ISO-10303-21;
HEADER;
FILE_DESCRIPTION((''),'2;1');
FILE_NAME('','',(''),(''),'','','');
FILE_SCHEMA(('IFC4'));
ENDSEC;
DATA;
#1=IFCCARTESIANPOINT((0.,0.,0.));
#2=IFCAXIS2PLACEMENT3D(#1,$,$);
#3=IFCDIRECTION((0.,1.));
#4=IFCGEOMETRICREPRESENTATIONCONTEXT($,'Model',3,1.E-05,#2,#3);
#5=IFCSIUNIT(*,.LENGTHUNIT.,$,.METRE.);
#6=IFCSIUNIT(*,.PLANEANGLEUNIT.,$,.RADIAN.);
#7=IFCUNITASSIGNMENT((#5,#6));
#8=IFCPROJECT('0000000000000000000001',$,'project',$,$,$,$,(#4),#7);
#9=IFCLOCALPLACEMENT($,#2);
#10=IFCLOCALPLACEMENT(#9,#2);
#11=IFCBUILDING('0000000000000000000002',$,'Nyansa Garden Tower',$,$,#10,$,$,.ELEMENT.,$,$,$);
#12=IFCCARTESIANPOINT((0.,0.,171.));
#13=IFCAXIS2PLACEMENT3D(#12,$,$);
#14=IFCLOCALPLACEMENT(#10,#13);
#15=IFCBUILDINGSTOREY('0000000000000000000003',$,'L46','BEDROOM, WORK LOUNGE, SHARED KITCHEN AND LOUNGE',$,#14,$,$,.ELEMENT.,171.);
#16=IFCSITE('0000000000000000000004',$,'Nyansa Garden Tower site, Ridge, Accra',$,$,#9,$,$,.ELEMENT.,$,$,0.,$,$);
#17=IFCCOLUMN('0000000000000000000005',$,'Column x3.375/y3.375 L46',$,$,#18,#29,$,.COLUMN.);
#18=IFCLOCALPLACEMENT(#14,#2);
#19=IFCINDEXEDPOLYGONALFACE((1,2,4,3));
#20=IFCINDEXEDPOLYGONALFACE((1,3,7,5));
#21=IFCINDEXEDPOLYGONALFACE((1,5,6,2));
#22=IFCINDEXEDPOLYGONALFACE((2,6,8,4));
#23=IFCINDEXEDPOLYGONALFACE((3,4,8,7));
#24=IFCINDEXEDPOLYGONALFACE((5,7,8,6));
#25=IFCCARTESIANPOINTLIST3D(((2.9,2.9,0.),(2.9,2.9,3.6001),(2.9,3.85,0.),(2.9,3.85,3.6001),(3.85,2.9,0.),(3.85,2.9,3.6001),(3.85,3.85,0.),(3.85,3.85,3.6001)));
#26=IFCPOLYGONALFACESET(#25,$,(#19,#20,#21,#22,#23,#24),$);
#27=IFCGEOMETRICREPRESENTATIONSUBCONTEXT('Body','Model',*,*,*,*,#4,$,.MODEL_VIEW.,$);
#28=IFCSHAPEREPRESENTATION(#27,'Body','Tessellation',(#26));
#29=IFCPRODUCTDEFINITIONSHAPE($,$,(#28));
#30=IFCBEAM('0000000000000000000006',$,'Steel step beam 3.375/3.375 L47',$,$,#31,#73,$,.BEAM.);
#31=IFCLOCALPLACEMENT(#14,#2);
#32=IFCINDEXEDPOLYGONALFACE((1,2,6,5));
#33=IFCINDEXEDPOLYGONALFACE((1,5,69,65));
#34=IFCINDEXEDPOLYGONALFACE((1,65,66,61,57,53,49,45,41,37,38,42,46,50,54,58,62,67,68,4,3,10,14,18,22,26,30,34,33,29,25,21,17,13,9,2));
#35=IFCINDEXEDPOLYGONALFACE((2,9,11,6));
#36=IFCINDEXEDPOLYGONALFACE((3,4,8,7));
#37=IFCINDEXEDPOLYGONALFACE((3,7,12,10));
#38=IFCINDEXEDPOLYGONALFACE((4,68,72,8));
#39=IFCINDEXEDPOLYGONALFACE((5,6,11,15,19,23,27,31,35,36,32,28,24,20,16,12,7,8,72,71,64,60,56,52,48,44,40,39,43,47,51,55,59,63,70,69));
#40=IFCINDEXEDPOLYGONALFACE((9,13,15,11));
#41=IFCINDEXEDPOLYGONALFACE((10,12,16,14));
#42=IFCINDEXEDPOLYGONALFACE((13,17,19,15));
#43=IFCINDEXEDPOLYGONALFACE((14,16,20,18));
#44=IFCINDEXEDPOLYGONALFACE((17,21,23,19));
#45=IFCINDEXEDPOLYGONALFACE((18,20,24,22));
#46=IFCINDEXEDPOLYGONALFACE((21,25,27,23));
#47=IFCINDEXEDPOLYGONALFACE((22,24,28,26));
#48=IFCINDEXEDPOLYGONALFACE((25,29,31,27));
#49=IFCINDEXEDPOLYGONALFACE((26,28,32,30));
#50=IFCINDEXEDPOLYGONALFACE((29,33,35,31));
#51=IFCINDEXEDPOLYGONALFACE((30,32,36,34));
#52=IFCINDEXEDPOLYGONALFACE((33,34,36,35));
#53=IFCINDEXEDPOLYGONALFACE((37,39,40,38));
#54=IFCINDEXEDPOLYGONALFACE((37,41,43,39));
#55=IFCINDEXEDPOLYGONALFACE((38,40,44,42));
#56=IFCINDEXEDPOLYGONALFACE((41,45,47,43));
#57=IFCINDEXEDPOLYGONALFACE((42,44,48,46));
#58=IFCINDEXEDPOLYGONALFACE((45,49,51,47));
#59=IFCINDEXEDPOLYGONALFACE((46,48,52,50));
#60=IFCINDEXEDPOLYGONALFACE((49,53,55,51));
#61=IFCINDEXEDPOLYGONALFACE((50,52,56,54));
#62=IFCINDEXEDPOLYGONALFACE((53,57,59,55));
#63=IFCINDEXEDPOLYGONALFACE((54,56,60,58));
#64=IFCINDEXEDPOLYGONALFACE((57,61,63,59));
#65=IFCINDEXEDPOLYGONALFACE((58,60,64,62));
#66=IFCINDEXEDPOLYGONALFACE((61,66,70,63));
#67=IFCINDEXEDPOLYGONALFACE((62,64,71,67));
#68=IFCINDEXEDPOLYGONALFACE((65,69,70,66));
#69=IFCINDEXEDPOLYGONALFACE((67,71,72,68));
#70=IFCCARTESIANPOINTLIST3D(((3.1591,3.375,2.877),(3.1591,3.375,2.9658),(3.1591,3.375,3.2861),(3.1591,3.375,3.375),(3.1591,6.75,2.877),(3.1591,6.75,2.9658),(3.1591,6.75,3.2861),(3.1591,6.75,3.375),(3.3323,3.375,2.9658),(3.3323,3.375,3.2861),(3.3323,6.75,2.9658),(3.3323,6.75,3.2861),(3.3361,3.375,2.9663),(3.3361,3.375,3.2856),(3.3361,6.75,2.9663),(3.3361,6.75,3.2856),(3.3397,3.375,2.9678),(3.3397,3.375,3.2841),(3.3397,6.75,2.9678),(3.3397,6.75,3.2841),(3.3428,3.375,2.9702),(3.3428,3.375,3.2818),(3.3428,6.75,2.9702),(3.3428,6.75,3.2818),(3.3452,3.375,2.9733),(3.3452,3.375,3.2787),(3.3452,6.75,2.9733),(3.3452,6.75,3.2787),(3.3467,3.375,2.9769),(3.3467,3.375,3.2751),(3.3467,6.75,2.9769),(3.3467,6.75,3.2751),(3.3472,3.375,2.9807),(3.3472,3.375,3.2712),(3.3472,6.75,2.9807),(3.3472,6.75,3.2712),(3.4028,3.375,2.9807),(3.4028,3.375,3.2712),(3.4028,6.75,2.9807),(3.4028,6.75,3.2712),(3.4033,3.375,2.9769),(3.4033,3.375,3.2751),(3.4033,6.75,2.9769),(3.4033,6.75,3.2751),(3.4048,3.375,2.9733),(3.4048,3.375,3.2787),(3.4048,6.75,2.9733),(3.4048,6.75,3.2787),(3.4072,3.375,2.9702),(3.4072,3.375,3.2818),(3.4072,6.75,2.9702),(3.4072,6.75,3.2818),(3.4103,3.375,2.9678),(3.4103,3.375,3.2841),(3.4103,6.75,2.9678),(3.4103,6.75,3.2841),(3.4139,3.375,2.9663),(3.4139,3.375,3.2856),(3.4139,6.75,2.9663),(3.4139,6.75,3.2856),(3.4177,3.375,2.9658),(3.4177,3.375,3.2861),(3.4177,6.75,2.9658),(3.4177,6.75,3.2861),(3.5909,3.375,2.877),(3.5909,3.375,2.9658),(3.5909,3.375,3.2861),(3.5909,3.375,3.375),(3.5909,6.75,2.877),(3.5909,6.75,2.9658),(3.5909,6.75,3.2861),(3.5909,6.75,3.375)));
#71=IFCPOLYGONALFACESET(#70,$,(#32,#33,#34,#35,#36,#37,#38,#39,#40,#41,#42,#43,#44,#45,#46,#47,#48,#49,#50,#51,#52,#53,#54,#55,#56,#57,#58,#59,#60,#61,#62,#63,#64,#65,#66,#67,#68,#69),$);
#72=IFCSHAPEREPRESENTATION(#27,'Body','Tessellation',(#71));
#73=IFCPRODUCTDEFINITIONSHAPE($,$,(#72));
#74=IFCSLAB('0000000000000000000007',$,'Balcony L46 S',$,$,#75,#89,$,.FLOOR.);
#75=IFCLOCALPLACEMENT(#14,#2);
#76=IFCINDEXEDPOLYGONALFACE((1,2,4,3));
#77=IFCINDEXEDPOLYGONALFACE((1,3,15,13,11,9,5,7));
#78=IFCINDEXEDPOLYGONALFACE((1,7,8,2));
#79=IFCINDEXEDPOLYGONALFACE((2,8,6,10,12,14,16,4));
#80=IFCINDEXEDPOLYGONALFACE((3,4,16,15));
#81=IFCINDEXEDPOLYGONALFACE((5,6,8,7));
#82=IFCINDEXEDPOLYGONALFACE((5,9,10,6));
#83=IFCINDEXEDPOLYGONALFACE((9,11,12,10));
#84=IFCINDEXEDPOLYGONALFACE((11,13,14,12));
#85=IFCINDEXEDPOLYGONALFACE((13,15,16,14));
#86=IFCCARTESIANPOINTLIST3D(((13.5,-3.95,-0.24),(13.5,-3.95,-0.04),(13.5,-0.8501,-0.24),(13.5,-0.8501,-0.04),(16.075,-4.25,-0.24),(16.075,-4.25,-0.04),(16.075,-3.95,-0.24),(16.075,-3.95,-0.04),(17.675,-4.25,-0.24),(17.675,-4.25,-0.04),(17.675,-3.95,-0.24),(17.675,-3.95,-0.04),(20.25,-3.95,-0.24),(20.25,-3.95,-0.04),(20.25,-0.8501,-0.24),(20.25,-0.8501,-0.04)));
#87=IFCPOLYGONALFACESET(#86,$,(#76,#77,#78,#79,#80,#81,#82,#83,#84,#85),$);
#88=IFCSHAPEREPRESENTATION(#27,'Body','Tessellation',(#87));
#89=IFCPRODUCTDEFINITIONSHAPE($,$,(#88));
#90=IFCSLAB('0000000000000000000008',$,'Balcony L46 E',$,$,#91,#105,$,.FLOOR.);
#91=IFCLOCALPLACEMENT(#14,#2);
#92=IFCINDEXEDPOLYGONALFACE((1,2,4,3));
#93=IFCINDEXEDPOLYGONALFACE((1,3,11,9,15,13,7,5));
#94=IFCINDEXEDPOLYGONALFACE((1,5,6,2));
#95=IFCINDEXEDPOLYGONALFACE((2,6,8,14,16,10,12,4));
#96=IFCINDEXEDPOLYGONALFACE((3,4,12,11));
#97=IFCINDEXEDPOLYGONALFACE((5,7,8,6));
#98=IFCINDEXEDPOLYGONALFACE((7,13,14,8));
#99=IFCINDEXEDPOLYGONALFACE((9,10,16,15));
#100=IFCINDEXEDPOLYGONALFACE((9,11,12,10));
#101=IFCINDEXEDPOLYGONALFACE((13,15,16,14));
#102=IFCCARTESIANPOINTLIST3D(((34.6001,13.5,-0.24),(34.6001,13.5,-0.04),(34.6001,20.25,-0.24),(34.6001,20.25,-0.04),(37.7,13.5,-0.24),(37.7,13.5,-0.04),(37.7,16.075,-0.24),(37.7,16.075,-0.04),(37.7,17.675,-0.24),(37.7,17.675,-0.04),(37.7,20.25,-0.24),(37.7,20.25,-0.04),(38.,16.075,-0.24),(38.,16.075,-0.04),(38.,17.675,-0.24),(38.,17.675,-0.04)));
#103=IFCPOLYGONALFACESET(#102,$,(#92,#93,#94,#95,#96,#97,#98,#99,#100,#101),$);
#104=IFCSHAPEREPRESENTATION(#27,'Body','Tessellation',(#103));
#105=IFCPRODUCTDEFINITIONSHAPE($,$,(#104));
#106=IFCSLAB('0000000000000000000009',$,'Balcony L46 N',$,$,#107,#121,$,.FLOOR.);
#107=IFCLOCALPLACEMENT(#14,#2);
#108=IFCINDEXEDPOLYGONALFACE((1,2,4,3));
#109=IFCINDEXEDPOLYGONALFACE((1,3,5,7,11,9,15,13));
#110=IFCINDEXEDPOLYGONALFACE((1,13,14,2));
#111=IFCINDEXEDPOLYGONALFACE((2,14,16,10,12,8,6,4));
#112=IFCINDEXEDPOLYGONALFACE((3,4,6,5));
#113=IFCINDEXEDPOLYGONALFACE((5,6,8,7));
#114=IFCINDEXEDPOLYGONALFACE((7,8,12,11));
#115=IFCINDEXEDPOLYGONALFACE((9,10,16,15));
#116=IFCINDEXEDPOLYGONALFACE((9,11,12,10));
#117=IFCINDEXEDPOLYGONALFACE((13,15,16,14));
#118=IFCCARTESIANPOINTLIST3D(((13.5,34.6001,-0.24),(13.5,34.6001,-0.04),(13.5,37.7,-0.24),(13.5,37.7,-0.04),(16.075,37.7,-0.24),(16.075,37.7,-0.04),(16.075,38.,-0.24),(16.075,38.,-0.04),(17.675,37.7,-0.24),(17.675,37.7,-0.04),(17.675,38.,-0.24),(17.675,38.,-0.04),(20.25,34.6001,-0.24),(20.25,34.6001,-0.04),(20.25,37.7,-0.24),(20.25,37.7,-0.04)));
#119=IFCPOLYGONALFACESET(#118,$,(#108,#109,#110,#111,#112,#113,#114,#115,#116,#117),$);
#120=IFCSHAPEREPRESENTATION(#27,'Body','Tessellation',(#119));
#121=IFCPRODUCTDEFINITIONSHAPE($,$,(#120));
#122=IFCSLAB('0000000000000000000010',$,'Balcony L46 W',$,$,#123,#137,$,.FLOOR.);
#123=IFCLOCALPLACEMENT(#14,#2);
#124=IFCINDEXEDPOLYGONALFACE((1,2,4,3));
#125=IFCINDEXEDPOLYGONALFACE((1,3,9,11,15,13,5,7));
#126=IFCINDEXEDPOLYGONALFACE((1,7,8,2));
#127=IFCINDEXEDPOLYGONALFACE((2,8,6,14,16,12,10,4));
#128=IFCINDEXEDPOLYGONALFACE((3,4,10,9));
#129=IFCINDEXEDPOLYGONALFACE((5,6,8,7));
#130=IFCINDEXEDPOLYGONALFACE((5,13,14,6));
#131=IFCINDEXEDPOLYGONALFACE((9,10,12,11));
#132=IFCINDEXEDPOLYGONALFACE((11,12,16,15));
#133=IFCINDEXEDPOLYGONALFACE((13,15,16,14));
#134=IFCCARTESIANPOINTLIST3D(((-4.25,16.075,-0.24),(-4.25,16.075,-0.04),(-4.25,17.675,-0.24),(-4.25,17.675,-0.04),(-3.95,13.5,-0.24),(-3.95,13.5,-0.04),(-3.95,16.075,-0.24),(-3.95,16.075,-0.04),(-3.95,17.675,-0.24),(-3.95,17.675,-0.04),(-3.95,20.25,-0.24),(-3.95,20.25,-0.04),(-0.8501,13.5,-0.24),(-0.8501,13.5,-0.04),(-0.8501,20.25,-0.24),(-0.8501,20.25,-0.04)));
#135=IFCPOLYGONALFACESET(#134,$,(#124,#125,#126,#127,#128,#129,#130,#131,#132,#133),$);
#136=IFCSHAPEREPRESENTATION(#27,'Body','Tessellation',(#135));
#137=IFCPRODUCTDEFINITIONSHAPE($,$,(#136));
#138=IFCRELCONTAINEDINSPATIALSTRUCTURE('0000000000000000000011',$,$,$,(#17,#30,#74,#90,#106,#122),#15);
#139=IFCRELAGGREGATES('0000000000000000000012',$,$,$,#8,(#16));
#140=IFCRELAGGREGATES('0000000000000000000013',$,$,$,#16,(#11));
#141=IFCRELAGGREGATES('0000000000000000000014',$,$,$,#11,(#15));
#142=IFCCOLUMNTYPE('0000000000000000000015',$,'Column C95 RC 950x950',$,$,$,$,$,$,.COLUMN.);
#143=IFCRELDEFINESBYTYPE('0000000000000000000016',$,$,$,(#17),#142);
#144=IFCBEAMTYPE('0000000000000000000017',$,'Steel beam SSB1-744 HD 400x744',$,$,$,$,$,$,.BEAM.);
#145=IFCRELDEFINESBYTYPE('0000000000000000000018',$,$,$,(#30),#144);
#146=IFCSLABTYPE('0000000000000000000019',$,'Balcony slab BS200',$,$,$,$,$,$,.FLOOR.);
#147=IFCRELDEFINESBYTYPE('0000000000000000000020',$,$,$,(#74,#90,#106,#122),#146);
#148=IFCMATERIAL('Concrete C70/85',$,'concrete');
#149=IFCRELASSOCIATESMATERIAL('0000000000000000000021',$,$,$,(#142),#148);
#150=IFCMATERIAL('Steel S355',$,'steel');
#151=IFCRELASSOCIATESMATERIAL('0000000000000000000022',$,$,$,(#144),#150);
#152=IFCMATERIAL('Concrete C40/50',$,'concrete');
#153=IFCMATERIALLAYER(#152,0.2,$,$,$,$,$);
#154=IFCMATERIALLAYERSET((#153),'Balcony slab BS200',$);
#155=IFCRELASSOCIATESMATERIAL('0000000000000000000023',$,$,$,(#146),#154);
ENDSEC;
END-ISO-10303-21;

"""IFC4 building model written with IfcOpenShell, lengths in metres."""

from ifc_helpers import new_model, si_unit, direction, frame, origin, origin_2d, place, context, subcontext, project, spatial, polyline, rectangle, i_section, outline, extrude, material, layer, layer_set, material_profile, profile_set, type_object, element, save


model = new_model("IFC4")

# Units and contexts
model_context = context("Model", 3, precision=1e-05, world=origin(), true_north=direction((0.0, 1.0)))
body_context = subcontext(model_context, "Body", "Model", "MODEL_VIEW")
ifc_project = project(units=[si_unit("LENGTHUNIT", "METRE"), si_unit("PLANEANGLEUNIT", "RADIAN")], contexts=[model_context])

# Site, building, storey
site_placement = place(None, origin())
site = spatial("IfcSite", under=ifc_project, at=site_placement, Name="Nyansa Garden Tower site, Ridge, Accra", CompositionType="ELEMENT", RefElevation=0.0)
building_placement = place(site_placement, origin())
building = spatial("IfcBuilding", under=site, at=building_placement, Name="Nyansa Garden Tower", CompositionType="ELEMENT")
storey_placement = place(building_placement, frame((0.0, 0.0, 171.0)))
storey = spatial("IfcBuildingStorey", under=building, at=storey_placement, Name="L46", Description="BEDROOM, WORK LOUNGE, SHARED KITCHEN AND LOUNGE", CompositionType="ELEMENT", Elevation=171.0)

# Column
ifc_material_1 = material(Name="Concrete C70/85", Category="concrete")
ifc_material_profile_1 = material_profile(ifc_material_1, rectangle(XDim=0.95, YDim=0.95, at=origin_2d()), Name="RC 950x950")
ifc_profile_set_1 = profile_set([ifc_material_profile_1], Name="Concrete C70/85")
column_type = type_object("IfcColumnType", Name="Column C95 RC 950x950", PredefinedType="COLUMN", material=ifc_profile_set_1)
column_placement = place(storey_placement, frame((3.375, 3.375, 0.0), z_axis=(0.0, 0.0, 1.0), x_axis=(1.0, 0.0, 0.0)))
element("IfcColumn", 1, at=column_placement, inside=storey, type_object=column_type, Name="Column x3.375/y3.375 L46", PredefinedType="COLUMN", context=body_context, shape_type="SweptSolid", body=[
    extrude(rectangle(XDim=0.95, YDim=0.95, at=origin_2d()), origin(), (0.0, 0.0, 1.0), 3.6001),
])

# Beam
ifc_material_2 = material(Name="Steel S355", Category="steel")
ifc_material_profile_2 = material_profile(ifc_material_2, i_section(OverallWidth=0.4319, OverallDepth=0.498, WebThickness=0.0557, FlangeThickness=0.0889, FilletRadius=0.0149, at=origin_2d()), Name="HD 400x744")
ifc_profile_set_2 = profile_set([ifc_material_profile_2], Name="Steel S355")
beam_type = type_object("IfcBeamType", Name="Steel beam SSB1-744 HD 400x744", PredefinedType="BEAM", material=ifc_profile_set_2)
beam_placement = place(storey_placement, frame((3.375, 3.375, 3.126), z_axis=(0.0, 1.0, 0.0), x_axis=(-1.0, 0.0, 0.0)))
element("IfcBeam", 2, at=beam_placement, inside=storey, type_object=beam_type, Name="Steel step beam 3.375/3.375 L47", PredefinedType="BEAM", context=body_context, shape_type="SweptSolid", body=[
    extrude(i_section(OverallWidth=0.4319, OverallDepth=0.498, WebThickness=0.0557, FlangeThickness=0.0889, FilletRadius=0.0149, at=origin_2d()), origin(), (0.0, 0.0, 1.0), 3.375),
])

# Slabs
ifc_material_3 = material(Name="Concrete C40/50", Category="concrete")
ifc_layer_1 = layer(ifc_material_3, 0.2)
ifc_layer_set_1 = layer_set([ifc_layer_1], Name="Balcony slab BS200")
slab_type_1 = type_object("IfcSlabType", Name="Balcony slab BS200", PredefinedType="FLOOR", material=ifc_layer_set_1)
slab_1_placement = place(storey_placement, frame((0.0, 0.0, -0.24)))
element("IfcSlab", 3, at=slab_1_placement, inside=storey, type_object=slab_type_1, Name="Balcony L46 S", PredefinedType="FLOOR", context=body_context, shape_type="SweptSolid", body=[
    extrude(outline(polyline([(13.5, -0.8501), (20.25, -0.8501), (20.25, -3.95), (17.675, -3.95), (17.675, -4.25), (16.075, -4.25), (16.075, -3.95), (13.5, -3.95), (13.5, -0.8501)])), origin(), (0.0, 0.0, 1.0), 0.2),
])
slab_2_placement = place(storey_placement, frame((0.0, 0.0, -0.24)))
element("IfcSlab", 4, at=slab_2_placement, inside=storey, type_object=slab_type_1, Name="Balcony L46 E", PredefinedType="FLOOR", context=body_context, shape_type="SweptSolid", body=[
    extrude(outline(polyline([(34.6001, 13.5), (34.6001, 20.25), (37.7, 20.25), (37.7, 17.675), (38.0, 17.675), (38.0, 16.075), (37.7, 16.075), (37.7, 13.5), (34.6001, 13.5)])), origin(), (0.0, 0.0, 1.0), 0.2),
])
slab_3_placement = place(storey_placement, frame((0.0, 0.0, -0.24)))
element("IfcSlab", 5, at=slab_3_placement, inside=storey, type_object=slab_type_1, Name="Balcony L46 N", PredefinedType="FLOOR", context=body_context, shape_type="SweptSolid", body=[
    extrude(outline(polyline([(13.5, 34.6001), (20.25, 34.6001), (20.25, 37.7), (17.675, 37.7), (17.675, 38.0), (16.075, 38.0), (16.075, 37.7), (13.5, 37.7), (13.5, 34.6001)])), origin(), (0.0, 0.0, 1.0), 0.2),
])
slab_4_placement = place(storey_placement, frame((0.0, 0.0, -0.24)))
element("IfcSlab", 6, at=slab_4_placement, inside=storey, type_object=slab_type_1, Name="Balcony L46 W", PredefinedType="FLOOR", context=body_context, shape_type="SweptSolid", body=[
    extrude(outline(polyline([(-0.8501, 13.5), (-0.8501, 20.25), (-3.95, 20.25), (-3.95, 17.675), (-4.25, 17.675), (-4.25, 16.075), (-3.95, 16.075), (-3.95, 13.5), (-0.8501, 13.5)])), origin(), (0.0, 0.0, 1.0), 0.2),
])

save(model, "model.ifc")
